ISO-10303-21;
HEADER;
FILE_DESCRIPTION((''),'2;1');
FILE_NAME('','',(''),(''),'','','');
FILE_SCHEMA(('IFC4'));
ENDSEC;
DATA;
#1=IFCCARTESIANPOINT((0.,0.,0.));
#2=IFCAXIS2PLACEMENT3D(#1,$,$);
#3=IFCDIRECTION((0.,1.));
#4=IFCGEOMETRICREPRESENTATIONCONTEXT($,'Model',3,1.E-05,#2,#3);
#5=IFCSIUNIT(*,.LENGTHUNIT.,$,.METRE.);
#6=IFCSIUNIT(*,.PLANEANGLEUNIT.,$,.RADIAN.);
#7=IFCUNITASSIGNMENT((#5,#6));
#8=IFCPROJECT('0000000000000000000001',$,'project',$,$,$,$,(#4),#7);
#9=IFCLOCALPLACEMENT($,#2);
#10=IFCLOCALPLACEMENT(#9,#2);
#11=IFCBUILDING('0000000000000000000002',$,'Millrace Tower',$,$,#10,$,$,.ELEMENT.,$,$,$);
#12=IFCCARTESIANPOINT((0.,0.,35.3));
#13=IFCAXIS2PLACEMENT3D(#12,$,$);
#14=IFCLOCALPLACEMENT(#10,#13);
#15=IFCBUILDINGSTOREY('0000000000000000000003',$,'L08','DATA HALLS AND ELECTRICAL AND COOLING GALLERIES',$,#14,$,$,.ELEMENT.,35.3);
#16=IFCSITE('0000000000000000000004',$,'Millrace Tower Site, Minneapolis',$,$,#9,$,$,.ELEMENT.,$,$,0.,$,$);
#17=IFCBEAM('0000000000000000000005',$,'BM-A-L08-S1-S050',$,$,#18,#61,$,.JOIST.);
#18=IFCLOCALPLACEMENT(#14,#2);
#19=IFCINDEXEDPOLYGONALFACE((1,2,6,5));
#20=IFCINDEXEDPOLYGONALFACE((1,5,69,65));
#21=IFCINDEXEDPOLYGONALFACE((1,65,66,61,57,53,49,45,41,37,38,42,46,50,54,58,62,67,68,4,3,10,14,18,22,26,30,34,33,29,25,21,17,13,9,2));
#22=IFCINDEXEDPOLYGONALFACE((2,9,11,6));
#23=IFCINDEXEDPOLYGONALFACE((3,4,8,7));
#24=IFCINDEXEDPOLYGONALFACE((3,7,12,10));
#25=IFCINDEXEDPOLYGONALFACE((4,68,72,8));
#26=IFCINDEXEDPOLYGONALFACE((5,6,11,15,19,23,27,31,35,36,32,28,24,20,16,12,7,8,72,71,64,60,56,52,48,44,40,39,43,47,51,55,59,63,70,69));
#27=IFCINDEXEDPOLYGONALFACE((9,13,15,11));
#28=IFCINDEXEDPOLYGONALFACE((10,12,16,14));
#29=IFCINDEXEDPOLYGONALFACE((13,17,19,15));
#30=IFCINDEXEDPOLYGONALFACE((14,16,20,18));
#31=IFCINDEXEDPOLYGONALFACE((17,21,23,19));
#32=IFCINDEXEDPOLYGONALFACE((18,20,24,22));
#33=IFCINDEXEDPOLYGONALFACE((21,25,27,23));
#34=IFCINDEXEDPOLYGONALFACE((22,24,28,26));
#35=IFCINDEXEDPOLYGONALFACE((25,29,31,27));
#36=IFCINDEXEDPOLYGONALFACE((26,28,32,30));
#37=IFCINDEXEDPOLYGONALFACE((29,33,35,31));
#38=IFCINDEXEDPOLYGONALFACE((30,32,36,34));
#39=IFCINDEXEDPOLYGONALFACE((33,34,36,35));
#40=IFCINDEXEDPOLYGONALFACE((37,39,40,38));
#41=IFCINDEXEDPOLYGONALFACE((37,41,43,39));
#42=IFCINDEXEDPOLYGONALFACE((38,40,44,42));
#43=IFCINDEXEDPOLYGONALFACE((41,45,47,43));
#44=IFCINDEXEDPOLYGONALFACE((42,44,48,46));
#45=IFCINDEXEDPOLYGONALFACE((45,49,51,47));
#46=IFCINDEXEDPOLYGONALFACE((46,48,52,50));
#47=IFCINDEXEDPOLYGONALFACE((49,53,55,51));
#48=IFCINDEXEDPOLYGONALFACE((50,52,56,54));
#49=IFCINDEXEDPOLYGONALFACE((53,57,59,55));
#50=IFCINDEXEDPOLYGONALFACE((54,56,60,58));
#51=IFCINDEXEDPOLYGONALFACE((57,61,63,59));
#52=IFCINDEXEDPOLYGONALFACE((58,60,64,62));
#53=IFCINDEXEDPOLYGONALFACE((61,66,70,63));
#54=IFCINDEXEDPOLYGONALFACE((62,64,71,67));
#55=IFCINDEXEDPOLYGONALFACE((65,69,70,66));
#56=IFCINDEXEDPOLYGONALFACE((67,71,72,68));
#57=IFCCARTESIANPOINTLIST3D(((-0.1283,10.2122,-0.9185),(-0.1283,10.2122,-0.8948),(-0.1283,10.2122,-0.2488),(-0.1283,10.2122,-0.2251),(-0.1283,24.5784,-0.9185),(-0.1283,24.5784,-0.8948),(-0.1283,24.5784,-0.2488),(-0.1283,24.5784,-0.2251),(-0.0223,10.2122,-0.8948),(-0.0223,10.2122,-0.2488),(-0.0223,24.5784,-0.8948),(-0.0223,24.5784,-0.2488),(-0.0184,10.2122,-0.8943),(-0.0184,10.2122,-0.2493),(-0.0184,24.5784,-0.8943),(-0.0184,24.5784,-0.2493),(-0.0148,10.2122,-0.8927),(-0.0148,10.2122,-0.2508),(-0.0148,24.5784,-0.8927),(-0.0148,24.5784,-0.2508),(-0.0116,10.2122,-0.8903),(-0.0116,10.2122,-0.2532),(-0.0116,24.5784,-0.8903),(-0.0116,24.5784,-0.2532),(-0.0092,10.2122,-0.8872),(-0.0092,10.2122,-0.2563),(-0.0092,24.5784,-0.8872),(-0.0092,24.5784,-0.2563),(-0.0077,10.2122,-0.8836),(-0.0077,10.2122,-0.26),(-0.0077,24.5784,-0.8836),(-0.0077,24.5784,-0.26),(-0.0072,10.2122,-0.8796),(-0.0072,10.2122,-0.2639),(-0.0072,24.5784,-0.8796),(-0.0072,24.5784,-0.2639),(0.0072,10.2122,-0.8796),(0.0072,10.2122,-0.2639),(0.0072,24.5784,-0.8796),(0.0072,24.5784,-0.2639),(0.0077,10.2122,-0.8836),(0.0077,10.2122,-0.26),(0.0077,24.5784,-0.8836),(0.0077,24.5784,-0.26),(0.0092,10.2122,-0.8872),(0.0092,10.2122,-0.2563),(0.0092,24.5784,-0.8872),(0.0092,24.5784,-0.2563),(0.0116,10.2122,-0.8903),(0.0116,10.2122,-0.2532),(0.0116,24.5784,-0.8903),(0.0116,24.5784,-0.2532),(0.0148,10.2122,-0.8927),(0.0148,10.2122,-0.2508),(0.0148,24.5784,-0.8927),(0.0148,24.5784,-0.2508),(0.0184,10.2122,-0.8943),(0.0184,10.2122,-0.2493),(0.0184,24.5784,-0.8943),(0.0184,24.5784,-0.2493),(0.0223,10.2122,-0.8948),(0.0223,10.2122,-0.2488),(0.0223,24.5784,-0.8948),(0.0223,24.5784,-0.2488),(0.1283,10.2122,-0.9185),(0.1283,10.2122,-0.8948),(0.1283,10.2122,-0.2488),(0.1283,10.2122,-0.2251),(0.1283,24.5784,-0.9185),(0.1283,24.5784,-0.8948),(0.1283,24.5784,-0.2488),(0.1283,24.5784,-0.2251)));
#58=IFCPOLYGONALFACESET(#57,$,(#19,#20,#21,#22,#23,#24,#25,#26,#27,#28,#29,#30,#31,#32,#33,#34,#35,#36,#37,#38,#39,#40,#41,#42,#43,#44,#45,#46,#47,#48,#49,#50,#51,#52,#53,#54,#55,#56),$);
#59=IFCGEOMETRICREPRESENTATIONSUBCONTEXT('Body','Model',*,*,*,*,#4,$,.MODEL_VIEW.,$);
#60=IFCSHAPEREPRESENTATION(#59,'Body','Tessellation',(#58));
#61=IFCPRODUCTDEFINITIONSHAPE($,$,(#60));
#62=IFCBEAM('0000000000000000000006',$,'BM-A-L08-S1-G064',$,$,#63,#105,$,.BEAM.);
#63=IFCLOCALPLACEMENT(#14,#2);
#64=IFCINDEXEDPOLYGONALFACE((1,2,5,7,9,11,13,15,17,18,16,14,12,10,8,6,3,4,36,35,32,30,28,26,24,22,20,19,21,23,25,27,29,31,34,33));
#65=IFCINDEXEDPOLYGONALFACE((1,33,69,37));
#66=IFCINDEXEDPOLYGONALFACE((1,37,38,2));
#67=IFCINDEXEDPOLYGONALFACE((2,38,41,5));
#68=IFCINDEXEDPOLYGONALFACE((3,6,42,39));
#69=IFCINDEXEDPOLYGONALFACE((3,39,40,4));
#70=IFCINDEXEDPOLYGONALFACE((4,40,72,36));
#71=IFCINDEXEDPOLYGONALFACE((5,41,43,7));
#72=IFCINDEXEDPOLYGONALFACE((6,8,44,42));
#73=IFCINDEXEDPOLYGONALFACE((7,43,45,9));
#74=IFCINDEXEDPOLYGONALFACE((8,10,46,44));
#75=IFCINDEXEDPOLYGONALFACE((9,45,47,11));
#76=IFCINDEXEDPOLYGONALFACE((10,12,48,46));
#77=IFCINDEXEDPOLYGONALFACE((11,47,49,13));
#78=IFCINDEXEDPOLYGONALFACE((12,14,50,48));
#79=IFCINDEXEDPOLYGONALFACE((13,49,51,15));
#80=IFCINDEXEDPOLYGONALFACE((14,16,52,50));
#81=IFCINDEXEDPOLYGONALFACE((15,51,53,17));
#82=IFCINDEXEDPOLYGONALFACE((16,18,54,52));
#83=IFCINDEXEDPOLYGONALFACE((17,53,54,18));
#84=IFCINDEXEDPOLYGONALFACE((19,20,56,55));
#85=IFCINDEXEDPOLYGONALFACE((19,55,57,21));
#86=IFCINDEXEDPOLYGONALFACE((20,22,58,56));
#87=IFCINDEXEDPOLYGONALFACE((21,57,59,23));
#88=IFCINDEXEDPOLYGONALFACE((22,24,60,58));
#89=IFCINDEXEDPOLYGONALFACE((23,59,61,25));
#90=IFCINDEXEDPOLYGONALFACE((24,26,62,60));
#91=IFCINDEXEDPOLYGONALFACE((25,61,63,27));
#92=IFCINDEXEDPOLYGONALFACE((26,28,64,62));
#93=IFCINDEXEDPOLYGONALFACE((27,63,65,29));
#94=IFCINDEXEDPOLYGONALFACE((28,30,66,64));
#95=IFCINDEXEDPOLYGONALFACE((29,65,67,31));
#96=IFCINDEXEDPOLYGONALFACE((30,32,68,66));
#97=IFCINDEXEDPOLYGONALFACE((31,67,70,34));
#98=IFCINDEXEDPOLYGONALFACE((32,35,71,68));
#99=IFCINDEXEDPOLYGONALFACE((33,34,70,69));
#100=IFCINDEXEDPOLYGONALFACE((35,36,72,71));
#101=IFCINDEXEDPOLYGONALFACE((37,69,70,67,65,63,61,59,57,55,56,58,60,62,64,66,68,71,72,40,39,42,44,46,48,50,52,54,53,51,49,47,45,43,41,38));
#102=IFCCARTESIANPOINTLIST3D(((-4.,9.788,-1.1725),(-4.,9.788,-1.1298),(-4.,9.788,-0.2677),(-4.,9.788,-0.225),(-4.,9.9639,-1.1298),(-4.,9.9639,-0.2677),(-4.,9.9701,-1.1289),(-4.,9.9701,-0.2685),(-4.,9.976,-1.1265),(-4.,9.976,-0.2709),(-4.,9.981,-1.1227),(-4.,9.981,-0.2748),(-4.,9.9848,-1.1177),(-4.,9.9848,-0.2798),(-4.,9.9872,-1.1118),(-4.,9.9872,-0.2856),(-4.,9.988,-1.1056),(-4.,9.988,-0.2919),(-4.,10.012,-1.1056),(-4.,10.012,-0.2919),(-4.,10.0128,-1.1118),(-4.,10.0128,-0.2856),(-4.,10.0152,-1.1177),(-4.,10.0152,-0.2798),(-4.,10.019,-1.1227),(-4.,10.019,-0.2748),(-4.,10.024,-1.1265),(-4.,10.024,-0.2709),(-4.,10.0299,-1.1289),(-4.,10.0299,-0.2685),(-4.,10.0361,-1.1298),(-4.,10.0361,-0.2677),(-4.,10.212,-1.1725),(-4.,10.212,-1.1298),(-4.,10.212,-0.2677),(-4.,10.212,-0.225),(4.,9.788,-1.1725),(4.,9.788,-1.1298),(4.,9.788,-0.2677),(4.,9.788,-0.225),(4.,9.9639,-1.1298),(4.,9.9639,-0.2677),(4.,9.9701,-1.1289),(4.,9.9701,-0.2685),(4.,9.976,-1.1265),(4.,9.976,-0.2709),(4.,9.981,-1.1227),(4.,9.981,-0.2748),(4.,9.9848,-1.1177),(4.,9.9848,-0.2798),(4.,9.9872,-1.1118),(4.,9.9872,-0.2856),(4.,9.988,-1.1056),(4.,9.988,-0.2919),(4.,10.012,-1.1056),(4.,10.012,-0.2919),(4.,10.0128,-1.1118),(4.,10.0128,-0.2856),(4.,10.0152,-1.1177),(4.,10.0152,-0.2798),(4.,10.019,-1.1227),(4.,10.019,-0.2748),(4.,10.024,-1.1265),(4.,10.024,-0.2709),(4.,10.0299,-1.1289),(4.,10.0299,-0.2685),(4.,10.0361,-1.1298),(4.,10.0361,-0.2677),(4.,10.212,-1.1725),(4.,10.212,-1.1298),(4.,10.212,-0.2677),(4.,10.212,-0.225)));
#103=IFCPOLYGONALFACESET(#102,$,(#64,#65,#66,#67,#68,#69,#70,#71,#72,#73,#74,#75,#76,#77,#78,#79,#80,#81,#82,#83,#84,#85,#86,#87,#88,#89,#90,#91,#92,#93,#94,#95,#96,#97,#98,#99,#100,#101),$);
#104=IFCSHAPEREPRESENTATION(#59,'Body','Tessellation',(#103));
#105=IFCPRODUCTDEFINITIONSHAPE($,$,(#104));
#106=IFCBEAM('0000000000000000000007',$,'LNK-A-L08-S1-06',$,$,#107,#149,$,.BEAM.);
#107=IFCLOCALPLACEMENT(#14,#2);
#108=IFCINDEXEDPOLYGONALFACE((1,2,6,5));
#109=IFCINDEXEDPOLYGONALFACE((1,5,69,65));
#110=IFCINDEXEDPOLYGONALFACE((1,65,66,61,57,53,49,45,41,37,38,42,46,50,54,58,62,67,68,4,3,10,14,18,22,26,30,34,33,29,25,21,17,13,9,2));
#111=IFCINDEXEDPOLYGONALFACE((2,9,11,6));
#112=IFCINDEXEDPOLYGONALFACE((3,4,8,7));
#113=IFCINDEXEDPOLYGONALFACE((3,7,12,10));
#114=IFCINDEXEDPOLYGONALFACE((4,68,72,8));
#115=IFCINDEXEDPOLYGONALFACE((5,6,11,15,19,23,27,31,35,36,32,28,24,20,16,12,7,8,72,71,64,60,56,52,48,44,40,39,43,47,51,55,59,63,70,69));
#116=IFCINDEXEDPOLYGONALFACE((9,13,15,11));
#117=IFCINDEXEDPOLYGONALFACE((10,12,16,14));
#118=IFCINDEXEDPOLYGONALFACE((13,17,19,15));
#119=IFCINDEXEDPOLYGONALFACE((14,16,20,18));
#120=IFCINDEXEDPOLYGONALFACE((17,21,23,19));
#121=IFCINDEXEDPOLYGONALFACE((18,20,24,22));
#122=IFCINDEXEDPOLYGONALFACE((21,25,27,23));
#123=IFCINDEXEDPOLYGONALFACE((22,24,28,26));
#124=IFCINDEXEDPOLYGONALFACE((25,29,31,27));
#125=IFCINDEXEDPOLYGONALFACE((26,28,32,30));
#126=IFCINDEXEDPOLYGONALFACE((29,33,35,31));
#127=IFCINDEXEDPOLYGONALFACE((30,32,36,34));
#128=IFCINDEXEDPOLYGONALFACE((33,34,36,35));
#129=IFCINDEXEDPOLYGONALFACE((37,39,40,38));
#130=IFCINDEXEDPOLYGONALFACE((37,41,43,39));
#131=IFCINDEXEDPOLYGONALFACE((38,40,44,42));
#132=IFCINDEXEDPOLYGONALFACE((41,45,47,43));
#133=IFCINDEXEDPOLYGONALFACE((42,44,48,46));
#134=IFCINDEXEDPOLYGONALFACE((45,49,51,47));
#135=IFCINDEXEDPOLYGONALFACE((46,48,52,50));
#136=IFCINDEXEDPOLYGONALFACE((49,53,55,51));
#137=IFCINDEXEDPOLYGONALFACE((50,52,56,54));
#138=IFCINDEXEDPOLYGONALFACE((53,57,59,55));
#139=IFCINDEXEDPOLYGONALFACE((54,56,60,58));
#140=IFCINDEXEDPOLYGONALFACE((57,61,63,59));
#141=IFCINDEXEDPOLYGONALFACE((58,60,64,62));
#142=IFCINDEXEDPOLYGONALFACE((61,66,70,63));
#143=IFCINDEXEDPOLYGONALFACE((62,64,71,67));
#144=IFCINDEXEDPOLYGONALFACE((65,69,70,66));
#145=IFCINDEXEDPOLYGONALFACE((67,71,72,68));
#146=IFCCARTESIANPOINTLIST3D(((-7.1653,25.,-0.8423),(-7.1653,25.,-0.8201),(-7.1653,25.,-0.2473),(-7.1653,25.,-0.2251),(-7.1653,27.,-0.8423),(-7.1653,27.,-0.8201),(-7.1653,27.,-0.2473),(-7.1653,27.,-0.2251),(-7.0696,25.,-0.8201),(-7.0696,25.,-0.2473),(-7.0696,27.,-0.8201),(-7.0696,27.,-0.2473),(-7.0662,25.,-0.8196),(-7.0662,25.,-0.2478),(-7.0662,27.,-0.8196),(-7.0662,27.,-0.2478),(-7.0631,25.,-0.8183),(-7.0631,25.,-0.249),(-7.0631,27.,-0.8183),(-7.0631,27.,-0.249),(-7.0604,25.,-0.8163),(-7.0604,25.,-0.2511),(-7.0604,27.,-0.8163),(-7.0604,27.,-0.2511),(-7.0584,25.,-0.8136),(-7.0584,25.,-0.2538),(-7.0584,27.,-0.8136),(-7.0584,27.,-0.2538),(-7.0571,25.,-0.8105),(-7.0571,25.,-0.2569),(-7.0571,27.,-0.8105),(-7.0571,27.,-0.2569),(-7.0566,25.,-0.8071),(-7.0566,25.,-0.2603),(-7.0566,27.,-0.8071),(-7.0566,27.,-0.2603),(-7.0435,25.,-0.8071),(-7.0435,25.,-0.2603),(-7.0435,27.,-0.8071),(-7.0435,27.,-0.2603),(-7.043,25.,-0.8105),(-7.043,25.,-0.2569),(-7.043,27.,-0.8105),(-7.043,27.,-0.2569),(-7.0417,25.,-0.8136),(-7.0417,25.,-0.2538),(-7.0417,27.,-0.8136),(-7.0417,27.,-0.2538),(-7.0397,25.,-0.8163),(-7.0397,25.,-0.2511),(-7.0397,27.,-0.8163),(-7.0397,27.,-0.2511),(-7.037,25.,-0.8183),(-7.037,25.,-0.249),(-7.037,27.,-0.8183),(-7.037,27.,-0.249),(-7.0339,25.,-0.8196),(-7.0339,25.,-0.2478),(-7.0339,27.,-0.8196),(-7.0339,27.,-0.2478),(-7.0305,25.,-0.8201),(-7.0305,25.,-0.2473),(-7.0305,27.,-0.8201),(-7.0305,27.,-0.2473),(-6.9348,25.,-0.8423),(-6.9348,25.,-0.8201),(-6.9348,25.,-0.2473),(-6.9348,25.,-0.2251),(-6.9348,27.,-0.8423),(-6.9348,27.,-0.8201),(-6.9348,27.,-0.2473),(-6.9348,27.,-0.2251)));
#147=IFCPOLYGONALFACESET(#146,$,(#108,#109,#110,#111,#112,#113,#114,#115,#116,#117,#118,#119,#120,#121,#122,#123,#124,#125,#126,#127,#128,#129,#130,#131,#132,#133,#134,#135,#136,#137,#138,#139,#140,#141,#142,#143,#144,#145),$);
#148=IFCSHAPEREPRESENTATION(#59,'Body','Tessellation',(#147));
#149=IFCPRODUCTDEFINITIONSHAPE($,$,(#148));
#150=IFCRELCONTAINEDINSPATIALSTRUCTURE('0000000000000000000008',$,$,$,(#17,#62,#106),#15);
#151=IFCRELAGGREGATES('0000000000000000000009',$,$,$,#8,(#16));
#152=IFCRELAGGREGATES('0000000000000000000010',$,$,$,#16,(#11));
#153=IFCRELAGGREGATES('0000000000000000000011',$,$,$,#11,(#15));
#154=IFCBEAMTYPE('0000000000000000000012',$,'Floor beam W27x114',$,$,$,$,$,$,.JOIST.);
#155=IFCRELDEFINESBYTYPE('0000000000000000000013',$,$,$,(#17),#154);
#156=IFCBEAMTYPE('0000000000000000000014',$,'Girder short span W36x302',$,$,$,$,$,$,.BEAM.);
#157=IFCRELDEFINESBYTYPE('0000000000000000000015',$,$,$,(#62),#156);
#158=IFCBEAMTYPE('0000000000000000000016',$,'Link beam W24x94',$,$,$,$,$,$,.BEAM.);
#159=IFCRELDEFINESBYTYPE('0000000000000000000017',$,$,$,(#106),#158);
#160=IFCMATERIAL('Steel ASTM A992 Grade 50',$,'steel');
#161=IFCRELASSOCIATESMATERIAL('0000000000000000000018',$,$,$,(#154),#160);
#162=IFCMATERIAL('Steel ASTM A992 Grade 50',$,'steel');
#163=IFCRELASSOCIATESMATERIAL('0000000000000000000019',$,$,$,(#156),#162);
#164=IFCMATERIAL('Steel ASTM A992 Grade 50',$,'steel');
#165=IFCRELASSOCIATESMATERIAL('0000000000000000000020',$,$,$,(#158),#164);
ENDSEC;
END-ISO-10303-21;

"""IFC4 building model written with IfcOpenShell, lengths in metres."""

from ifc_helpers import new_model, si_unit, direction, frame, origin, origin_2d, place, context, subcontext, project, spatial, i_section, extrude, material, material_profile, profile_set, type_object, element, save


model = new_model("IFC4")

# Units and contexts
model_context = context("Model", 3, precision=1e-05, world=origin(), true_north=direction((0.0, 1.0)))
body_context = subcontext(model_context, "Body", "Model", "MODEL_VIEW")
ifc_project = project(units=[si_unit("LENGTHUNIT", "METRE"), si_unit("PLANEANGLEUNIT", "RADIAN")], contexts=[model_context])

# Site, building, storey
site_placement = place(None, origin())
site = spatial("IfcSite", under=ifc_project, at=site_placement, Name="Millrace Tower Site, Minneapolis", CompositionType="ELEMENT", RefElevation=0.0)
building_placement = place(site_placement, origin())
building = spatial("IfcBuilding", under=site, at=building_placement, Name="Millrace Tower", CompositionType="ELEMENT")
storey_placement = place(building_placement, frame((0.0, 0.0, 35.3)))
storey = spatial("IfcBuildingStorey", under=building, at=storey_placement, Name="L08", Description="DATA HALLS AND ELECTRICAL AND COOLING GALLERIES", CompositionType="ELEMENT", Elevation=35.3)

# Beams
ifc_material_1 = material(Name="Steel ASTM A992 Grade 50", Category="steel")
ifc_material_profile_1 = material_profile(ifc_material_1, i_section(OverallWidth=0.2566, OverallDepth=0.6934, WebThickness=0.0144, FlangeThickness=0.0237, FilletRadius=0.0151, at=origin_2d()))
ifc_profile_set_1 = profile_set([ifc_material_profile_1], Name="Steel ASTM A992 Grade 50")
beam_type_1 = type_object("IfcBeamType", Name="Floor beam W27x114", PredefinedType="JOIST", material=ifc_profile_set_1)
for number, where, z_axis, x_axis, name in (
    (1, (0.0, 10.2122, -0.5718), (0.0, 1.0, 0.0), (-1.0, 0.0, 0.0), "BM-A-L08-S1-S050"),
):
    element("IfcBeam", number, at=place(storey_placement, frame(where, z_axis=z_axis, x_axis=x_axis)), inside=storey, type_object=beam_type_1, Name=name, PredefinedType="JOIST", context=body_context, shape_type="SweptSolid", body=[
        extrude(i_section(OverallWidth=0.2566, OverallDepth=0.6934, WebThickness=0.0144, FlangeThickness=0.0237, FilletRadius=0.0151, at=origin_2d()), origin(), (0.0, 0.0, 1.0), 14.3662),
    ])
ifc_material_2 = material(Name="Steel ASTM A992 Grade 50", Category="steel")
ifc_material_profile_2 = material_profile(ifc_material_2, i_section(OverallWidth=0.4241, OverallDepth=0.9475, WebThickness=0.0239, FlangeThickness=0.0427, FilletRadius=0.0242, at=origin_2d()))
ifc_profile_set_2 = profile_set([ifc_material_profile_2], Name="Steel ASTM A992 Grade 50")
beam_type_2 = type_object("IfcBeamType", Name="Girder short span W36x302", PredefinedType="BEAM", material=ifc_profile_set_2)
beam_1_placement = place(storey_placement, frame((-4.0, 10.0, -0.6987), z_axis=(1.0, 0.0, 0.0), x_axis=(0.0, 1.0, 0.0)))
element("IfcBeam", 2, at=beam_1_placement, inside=storey, type_object=beam_type_2, Name="BM-A-L08-S1-G064", PredefinedType="BEAM", context=body_context, shape_type="SweptSolid", body=[
    extrude(i_section(OverallWidth=0.4241, OverallDepth=0.9475, WebThickness=0.0239, FlangeThickness=0.0427, FilletRadius=0.0242, at=origin_2d()), origin(), (0.0, 0.0, 1.0), 8.0),
])
ifc_material_3 = material(Name="Steel ASTM A992 Grade 50", Category="steel")
ifc_material_profile_3 = material_profile(ifc_material_3, i_section(OverallWidth=0.2305, OverallDepth=0.6172, WebThickness=0.0132, FlangeThickness=0.0222, FilletRadius=0.0129, at=origin_2d()))
ifc_profile_set_3 = profile_set([ifc_material_profile_3], Name="Steel ASTM A992 Grade 50")
beam_type_3 = type_object("IfcBeamType", Name="Link beam W24x94", PredefinedType="BEAM", material=ifc_profile_set_3)
beam_2_placement = place(storey_placement, frame((-7.05, 25.0, -0.5337), z_axis=(0.0, 1.0, 0.0), x_axis=(-1.0, 0.0, 0.0)))
element("IfcBeam", 3, at=beam_2_placement, inside=storey, type_object=beam_type_3, Name="LNK-A-L08-S1-06", PredefinedType="BEAM", context=body_context, shape_type="SweptSolid", body=[
    extrude(i_section(OverallWidth=0.2305, OverallDepth=0.6172, WebThickness=0.0132, FlangeThickness=0.0222, FilletRadius=0.0129, at=origin_2d()), origin(), (0.0, 0.0, 1.0), 2.0),
])

save(model, "model.ifc")
